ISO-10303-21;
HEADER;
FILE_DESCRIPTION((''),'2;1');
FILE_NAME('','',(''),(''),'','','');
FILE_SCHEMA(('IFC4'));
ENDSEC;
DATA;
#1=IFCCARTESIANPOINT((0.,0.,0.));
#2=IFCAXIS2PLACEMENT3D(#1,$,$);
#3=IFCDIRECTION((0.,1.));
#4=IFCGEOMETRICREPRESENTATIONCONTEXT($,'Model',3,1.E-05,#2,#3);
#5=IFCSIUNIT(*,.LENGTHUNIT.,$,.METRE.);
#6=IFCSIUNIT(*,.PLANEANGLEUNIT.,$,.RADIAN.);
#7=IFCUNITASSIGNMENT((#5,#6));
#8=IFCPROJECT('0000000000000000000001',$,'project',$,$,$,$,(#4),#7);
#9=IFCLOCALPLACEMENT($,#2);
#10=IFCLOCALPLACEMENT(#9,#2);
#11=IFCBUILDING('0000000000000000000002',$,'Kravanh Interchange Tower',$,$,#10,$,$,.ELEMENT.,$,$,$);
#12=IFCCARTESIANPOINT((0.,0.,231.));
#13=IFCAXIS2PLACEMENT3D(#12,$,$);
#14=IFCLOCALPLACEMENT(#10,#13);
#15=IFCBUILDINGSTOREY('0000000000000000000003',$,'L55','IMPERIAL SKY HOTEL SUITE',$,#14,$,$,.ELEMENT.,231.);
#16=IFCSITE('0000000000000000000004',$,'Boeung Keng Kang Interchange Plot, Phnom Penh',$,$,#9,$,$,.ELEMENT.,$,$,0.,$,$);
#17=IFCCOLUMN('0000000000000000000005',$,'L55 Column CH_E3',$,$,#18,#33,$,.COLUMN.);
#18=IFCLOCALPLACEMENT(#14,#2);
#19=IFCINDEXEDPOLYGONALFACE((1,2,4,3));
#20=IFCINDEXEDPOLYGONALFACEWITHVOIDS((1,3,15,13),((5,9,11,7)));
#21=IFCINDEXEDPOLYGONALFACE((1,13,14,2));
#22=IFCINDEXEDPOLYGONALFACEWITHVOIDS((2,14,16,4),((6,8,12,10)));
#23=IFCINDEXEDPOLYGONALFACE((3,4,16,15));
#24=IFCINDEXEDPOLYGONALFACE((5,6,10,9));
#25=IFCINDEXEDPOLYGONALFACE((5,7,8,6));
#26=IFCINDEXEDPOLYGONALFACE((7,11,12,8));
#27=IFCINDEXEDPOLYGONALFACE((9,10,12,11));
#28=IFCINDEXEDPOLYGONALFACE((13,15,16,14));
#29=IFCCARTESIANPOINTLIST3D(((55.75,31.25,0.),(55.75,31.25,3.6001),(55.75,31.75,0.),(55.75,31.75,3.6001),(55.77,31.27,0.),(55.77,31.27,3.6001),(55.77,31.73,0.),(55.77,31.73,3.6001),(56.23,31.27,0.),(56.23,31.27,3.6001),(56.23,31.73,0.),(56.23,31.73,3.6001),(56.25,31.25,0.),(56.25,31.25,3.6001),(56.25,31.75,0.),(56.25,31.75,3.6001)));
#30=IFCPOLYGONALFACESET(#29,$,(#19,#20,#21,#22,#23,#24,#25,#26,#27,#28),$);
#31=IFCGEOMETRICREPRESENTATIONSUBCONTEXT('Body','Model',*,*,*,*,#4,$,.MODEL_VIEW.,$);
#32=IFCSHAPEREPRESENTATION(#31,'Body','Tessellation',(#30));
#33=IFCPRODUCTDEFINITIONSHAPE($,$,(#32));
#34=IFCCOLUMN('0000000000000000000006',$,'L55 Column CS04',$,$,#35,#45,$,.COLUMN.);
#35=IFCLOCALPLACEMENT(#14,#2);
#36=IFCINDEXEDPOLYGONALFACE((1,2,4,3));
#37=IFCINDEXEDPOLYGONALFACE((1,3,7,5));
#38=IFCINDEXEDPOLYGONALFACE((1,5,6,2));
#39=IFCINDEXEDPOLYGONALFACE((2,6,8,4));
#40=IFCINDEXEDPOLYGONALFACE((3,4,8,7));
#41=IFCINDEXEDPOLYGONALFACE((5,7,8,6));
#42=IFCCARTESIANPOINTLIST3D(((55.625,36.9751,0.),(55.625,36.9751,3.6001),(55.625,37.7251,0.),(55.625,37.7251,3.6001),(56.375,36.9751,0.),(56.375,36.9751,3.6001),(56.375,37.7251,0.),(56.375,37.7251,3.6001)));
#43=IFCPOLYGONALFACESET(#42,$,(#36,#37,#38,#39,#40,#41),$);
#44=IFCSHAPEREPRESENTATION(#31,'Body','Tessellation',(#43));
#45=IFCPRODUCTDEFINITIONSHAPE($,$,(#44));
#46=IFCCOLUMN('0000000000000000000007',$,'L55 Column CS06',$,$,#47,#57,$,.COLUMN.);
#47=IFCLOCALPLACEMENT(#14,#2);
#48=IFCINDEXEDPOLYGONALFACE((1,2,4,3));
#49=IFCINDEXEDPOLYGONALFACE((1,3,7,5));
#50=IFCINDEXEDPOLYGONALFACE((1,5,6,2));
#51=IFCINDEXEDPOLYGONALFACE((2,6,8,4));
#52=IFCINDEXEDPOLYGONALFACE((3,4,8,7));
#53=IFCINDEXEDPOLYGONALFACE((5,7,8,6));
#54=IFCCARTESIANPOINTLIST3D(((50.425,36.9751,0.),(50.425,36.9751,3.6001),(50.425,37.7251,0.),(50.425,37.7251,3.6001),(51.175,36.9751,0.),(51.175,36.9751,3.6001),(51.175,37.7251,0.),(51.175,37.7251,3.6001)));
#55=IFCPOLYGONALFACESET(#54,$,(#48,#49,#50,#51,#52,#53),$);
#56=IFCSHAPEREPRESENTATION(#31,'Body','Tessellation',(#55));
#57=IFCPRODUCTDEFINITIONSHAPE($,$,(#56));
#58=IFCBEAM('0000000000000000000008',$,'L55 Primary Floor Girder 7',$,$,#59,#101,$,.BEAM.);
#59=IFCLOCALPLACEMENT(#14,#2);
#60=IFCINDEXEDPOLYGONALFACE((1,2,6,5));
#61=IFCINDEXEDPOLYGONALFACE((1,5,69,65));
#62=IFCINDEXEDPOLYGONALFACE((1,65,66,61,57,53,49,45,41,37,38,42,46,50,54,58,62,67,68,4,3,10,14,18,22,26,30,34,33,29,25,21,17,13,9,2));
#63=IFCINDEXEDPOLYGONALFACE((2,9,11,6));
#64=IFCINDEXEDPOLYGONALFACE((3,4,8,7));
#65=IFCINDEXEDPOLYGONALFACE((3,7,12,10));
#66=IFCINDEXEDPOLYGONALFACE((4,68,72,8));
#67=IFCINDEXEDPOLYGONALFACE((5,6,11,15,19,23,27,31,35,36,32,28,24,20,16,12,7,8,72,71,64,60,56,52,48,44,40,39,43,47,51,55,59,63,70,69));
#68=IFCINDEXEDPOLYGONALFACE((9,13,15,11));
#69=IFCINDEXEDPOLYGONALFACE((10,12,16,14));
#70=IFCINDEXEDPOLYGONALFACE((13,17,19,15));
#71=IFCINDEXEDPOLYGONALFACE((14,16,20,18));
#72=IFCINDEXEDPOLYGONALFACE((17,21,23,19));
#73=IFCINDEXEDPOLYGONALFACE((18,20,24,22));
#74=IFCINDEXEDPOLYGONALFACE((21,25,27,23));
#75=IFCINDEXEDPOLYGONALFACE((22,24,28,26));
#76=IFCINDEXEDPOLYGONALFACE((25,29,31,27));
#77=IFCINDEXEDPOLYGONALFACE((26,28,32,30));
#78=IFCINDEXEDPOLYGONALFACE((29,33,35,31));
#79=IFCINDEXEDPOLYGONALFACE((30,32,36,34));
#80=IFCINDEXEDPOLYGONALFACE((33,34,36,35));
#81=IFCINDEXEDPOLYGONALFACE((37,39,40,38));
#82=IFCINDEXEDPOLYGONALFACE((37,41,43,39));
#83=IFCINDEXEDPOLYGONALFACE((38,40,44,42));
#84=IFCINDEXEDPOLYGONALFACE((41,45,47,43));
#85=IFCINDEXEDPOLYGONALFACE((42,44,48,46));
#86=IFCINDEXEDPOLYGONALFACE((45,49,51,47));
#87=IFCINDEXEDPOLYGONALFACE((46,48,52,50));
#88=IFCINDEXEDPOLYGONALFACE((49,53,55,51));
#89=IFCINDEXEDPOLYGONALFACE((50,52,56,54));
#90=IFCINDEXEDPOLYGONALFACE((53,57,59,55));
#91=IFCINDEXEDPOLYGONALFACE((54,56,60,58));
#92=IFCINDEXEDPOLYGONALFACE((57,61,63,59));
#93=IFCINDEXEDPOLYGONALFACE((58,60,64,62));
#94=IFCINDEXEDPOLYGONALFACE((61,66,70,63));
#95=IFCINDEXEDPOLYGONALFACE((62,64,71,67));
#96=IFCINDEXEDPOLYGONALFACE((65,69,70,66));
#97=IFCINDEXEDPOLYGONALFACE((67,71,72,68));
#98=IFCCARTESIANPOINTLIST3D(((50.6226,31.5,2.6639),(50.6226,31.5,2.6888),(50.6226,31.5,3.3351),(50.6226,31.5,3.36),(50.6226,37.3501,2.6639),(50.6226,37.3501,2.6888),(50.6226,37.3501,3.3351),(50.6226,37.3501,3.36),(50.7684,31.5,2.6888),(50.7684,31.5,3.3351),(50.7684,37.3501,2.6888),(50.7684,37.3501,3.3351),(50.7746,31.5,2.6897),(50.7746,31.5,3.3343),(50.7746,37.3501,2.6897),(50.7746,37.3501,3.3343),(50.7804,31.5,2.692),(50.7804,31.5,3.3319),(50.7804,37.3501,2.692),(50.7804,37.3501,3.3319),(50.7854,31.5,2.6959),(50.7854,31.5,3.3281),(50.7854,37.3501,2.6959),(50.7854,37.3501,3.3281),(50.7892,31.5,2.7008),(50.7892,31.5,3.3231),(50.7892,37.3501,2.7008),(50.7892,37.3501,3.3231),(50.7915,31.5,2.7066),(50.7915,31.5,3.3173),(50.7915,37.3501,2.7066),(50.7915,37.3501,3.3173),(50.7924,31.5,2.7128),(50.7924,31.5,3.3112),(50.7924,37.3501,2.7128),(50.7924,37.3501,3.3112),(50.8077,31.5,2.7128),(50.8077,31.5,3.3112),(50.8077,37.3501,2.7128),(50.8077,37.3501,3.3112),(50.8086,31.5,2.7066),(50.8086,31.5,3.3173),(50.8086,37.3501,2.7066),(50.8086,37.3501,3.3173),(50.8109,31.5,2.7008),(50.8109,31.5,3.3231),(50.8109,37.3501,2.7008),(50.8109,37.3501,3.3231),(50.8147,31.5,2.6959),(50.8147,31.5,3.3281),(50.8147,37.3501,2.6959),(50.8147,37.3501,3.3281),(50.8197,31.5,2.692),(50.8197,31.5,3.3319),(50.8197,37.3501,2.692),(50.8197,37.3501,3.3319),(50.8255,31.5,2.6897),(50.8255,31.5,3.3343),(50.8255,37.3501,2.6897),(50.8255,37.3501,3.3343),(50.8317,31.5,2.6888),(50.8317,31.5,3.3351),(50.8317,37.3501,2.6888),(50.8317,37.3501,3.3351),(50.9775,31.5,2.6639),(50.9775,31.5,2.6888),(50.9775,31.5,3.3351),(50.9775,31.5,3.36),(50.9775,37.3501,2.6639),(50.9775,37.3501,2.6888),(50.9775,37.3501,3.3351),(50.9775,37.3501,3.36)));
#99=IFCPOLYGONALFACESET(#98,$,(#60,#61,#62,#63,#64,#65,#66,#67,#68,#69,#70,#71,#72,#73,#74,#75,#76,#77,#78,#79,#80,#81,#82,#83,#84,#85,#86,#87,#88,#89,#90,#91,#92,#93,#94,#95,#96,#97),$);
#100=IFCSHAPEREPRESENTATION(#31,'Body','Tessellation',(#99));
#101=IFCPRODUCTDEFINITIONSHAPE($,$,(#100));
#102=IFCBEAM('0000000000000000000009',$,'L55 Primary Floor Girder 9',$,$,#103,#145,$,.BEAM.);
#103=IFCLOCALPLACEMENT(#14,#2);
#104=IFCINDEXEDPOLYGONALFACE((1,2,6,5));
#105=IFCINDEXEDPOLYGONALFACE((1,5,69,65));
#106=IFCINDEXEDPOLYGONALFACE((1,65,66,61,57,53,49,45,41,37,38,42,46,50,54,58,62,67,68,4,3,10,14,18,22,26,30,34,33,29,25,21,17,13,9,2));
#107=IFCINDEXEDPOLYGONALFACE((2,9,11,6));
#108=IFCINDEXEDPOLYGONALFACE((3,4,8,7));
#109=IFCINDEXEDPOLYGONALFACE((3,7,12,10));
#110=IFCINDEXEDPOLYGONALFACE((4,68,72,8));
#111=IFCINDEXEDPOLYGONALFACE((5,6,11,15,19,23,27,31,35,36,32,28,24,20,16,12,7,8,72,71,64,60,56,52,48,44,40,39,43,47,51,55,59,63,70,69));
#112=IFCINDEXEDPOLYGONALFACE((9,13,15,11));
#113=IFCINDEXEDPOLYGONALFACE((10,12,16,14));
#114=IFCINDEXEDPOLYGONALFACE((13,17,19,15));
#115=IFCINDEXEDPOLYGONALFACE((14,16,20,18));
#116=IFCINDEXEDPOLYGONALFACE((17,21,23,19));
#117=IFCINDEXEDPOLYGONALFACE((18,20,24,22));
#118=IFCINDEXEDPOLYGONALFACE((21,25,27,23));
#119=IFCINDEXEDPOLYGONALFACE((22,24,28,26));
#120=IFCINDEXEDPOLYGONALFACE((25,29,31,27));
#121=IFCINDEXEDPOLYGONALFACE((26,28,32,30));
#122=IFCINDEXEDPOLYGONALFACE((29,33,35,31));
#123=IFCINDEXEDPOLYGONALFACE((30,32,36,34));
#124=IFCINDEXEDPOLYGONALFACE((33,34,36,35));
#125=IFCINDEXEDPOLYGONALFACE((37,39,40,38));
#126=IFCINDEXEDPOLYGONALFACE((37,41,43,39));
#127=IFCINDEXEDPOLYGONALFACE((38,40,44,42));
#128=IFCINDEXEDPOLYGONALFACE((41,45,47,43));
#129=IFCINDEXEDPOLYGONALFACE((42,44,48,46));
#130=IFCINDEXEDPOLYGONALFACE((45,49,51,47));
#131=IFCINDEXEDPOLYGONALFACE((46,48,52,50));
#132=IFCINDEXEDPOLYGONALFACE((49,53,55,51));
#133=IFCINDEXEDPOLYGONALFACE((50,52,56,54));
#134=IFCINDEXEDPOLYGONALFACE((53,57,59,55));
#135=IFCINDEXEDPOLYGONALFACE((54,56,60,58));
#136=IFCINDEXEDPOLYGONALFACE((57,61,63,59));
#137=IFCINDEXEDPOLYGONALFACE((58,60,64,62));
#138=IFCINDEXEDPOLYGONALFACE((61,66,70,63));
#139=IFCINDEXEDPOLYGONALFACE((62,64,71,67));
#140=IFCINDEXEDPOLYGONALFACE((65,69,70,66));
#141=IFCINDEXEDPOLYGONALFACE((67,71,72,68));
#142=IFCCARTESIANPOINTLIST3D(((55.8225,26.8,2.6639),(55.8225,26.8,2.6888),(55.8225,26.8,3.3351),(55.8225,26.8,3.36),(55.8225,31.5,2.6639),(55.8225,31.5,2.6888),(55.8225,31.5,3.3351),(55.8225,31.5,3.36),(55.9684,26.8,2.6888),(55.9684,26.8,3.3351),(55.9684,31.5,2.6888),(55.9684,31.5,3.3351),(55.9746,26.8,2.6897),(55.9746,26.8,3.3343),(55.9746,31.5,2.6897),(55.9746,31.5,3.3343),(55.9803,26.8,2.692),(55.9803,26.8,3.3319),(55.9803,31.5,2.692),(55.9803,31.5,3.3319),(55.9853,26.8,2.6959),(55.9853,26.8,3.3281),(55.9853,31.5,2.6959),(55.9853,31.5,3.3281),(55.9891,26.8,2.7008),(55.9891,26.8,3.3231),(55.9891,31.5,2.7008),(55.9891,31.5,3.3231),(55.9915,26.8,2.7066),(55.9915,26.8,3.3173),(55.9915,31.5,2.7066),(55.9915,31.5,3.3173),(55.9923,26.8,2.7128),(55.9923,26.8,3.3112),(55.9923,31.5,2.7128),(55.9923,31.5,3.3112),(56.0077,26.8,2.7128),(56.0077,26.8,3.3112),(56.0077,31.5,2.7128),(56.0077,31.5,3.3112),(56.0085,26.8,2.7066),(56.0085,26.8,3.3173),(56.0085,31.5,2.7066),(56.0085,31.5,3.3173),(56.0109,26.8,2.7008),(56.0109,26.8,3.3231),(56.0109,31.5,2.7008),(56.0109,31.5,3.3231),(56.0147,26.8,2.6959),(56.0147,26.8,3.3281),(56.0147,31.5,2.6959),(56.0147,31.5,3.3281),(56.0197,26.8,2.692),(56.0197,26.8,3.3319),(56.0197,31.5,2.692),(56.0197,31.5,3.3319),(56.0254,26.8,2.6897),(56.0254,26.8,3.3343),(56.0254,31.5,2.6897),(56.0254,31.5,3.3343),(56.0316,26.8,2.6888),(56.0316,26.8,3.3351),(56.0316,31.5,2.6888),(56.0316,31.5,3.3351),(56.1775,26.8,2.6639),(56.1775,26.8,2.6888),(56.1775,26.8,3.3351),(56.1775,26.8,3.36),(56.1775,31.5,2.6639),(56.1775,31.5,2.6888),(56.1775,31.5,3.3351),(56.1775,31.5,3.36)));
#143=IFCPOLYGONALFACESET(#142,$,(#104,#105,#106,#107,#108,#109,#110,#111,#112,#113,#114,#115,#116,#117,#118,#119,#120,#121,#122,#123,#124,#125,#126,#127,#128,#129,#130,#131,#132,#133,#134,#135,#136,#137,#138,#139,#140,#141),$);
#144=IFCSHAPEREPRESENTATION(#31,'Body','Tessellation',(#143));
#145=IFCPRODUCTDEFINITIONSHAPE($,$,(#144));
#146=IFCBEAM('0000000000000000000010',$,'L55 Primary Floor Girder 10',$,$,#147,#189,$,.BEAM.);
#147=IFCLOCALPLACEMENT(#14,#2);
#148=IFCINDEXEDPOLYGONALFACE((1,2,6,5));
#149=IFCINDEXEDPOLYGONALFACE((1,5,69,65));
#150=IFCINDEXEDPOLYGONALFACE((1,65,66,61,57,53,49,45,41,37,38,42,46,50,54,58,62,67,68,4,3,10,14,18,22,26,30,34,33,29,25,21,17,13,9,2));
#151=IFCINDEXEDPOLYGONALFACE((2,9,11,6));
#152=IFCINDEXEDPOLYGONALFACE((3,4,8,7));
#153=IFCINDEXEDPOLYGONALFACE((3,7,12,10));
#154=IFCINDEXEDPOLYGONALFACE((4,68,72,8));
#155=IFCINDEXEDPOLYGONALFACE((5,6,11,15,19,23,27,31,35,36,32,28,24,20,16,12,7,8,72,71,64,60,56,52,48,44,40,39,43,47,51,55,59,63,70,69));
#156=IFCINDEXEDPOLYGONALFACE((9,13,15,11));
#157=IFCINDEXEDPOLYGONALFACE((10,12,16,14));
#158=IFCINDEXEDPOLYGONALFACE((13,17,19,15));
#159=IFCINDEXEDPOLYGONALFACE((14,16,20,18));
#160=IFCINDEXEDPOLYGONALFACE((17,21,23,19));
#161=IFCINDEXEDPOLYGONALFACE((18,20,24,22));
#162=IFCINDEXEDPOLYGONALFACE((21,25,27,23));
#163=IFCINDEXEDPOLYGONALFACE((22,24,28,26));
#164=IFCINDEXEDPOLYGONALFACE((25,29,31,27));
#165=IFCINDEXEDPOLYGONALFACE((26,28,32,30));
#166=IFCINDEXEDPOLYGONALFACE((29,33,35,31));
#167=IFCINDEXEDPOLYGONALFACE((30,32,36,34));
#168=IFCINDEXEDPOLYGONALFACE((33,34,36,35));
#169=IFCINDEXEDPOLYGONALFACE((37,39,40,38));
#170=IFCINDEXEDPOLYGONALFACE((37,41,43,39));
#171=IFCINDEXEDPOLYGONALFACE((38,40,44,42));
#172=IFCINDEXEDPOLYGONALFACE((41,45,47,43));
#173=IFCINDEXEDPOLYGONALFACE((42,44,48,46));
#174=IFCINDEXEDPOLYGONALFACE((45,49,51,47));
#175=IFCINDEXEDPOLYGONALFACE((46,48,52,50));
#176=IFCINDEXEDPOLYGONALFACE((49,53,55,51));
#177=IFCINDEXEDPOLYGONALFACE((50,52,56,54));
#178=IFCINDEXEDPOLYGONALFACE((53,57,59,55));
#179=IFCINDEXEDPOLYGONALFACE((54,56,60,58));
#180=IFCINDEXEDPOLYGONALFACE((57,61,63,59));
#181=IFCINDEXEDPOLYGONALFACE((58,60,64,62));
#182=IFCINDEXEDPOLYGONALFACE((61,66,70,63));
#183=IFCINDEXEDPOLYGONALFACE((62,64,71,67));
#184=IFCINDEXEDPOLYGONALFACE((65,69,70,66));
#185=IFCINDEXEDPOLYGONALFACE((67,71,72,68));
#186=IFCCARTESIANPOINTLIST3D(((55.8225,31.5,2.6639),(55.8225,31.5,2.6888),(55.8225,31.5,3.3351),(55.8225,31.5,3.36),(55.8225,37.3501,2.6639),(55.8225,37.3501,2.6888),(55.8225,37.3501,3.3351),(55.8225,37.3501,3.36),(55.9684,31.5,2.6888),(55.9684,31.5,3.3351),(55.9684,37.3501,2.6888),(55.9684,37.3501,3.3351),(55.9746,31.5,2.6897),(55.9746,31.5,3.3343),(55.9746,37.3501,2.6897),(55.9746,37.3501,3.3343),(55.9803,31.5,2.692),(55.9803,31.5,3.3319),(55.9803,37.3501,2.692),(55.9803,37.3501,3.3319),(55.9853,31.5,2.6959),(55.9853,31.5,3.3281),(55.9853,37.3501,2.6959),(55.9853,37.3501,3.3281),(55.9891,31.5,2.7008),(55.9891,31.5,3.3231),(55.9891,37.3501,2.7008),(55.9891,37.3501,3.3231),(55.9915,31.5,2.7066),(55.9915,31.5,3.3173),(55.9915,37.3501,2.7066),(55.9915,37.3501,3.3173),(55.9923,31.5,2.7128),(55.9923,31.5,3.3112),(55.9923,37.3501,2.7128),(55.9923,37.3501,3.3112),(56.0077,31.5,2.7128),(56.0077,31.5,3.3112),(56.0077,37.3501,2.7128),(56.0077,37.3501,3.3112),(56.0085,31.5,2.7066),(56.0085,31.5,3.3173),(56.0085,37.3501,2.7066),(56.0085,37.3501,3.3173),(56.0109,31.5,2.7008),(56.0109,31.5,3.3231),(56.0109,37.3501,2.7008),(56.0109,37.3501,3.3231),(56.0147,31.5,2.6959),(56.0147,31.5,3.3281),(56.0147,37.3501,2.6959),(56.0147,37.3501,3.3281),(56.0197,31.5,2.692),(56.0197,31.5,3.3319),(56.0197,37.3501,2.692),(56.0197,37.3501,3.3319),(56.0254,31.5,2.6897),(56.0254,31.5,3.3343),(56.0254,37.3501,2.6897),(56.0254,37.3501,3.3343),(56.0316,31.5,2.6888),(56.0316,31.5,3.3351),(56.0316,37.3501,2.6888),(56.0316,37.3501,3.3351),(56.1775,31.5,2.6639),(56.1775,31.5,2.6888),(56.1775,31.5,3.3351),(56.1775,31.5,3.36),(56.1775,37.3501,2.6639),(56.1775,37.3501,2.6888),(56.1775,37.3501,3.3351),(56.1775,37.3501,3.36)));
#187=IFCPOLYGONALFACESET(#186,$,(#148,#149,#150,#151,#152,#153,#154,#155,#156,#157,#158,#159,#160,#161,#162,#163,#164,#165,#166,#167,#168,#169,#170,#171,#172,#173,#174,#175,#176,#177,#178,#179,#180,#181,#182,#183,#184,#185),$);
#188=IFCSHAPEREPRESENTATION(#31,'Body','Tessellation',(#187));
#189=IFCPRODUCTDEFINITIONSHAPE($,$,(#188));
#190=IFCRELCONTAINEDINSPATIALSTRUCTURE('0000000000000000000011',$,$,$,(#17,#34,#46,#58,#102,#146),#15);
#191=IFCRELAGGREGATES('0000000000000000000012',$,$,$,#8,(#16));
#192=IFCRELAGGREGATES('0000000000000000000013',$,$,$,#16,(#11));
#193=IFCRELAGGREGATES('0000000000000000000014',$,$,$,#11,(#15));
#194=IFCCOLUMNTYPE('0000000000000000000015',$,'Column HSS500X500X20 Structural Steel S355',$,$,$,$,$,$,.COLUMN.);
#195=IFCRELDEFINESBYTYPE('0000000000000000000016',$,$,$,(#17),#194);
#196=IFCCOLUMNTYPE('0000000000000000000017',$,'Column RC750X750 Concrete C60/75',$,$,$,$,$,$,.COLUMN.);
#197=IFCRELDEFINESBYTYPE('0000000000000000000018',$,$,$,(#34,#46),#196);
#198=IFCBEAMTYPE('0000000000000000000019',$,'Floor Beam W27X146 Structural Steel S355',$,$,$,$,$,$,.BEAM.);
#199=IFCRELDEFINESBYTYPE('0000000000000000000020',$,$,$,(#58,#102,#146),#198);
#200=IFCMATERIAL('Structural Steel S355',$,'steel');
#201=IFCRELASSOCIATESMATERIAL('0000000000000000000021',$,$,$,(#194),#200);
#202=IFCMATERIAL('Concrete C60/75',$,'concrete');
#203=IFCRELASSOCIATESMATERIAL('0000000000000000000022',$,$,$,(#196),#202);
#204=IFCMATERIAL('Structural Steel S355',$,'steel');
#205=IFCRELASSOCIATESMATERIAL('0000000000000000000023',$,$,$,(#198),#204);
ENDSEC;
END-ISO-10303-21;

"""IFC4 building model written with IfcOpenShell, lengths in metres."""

from ifc_helpers import new_model, si_unit, direction, frame, origin, origin_2d, place, context, subcontext, project, spatial, rectangle, hollow_rectangle, i_section, extrude, material, material_profile, profile_set, type_object, element, save


model = new_model("IFC4")

# Units and contexts
model_context = context("Model", 3, precision=1e-05, world=origin(), true_north=direction((0.0, 1.0)))
body_context = subcontext(model_context, "Body", "Model", "MODEL_VIEW")
ifc_project = project(units=[si_unit("LENGTHUNIT", "METRE"), si_unit("PLANEANGLEUNIT", "RADIAN")], contexts=[model_context])

# Site, building, storey
site_placement = place(None, origin())
site = spatial("IfcSite", under=ifc_project, at=site_placement, Name="Boeung Keng Kang Interchange Plot, Phnom Penh", CompositionType="ELEMENT", RefElevation=0.0)
building_placement = place(site_placement, origin())
building = spatial("IfcBuilding", under=site, at=building_placement, Name="Kravanh Interchange Tower", CompositionType="ELEMENT")
storey_placement = place(building_placement, frame((0.0, 0.0, 231.0)))
storey = spatial("IfcBuildingStorey", under=building, at=storey_placement, Name="L55", Description="IMPERIAL SKY HOTEL SUITE", CompositionType="ELEMENT", Elevation=231.0)

# Columns
ifc_material_1 = material(Name="Structural Steel S355", Category="steel")
ifc_material_profile_1 = material_profile(ifc_material_1, hollow_rectangle(XDim=0.5, YDim=0.5, WallThickness=0.02, at=origin_2d()), Name="HSS500X500X20")
ifc_profile_set_1 = profile_set([ifc_material_profile_1], Name="Structural Steel S355")
column_type_1 = type_object("IfcColumnType", Name="Column HSS500X500X20 Structural Steel S355", PredefinedType="COLUMN", material=ifc_profile_set_1)
column_placement = place(storey_placement, frame((56.0, 31.5, 0.0), z_axis=(0.0, 0.0, 1.0), x_axis=(1.0, 0.0, 0.0)))
element("IfcColumn", 1, at=column_placement, inside=storey, type_object=column_type_1, Name="L55 Column CH_E3", PredefinedType="COLUMN", context=body_context, shape_type="SweptSolid", body=[
    extrude(hollow_rectangle(XDim=0.5, YDim=0.5, WallThickness=0.02, at=origin_2d()), origin(), (0.0, 0.0, 1.0), 3.6001),
])
ifc_material_2 = material(Name="Concrete C60/75", Category="concrete")
ifc_material_profile_2 = material_profile(ifc_material_2, rectangle(XDim=0.75, YDim=0.75, at=origin_2d()), Name="RC750X750")
ifc_profile_set_2 = profile_set([ifc_material_profile_2], Name="Concrete C60/75")
column_type_2 = type_object("IfcColumnType", Name="Column RC750X750 Concrete C60/75", PredefinedType="COLUMN", material=ifc_profile_set_2)
for number, where, z_axis, x_axis, name in (
    (2, (56.0, 37.3501, 0.0), (0.0, 0.0, 1.0), (1.0, 0.0, 0.0), "L55 Column CS04"),
    (3, (50.8, 37.3501, 0.0), (0.0, 0.0, 1.0), (1.0, 0.0, 0.0), "L55 Column CS06"),
):
    element("IfcColumn", number, at=place(storey_placement, frame(where, z_axis=z_axis, x_axis=x_axis)), inside=storey, type_object=column_type_2, Name=name, PredefinedType="COLUMN", context=body_context, shape_type="SweptSolid", body=[
        extrude(rectangle(XDim=0.75, YDim=0.75, at=origin_2d()), origin(), (0.0, 0.0, 1.0), 3.6001),
    ])

# Beams
ifc_material_3 = material(Name="Structural Steel S355", Category="steel")
ifc_material_profile_3 = material_profile(ifc_material_3, i_section(OverallWidth=0.355, OverallDepth=0.696, WebThickness=0.0154, FlangeThickness=0.0249, FilletRadius=0.0239, at=origin_2d()), Name="W27X146")
ifc_profile_set_3 = profile_set([ifc_material_profile_3], Name="Structural Steel S355")
beam_type_1 = type_object("IfcBeamType", Name="Floor Beam W27X146 Structural Steel S355", PredefinedType="BEAM", material=ifc_profile_set_3)
beam_1_placement = place(storey_placement, frame((50.8, 31.5, 3.012), z_axis=(0.0, 1.0, 0.0), x_axis=(-1.0, 0.0, 0.0)))
element("IfcBeam", 4, at=beam_1_placement, inside=storey, type_object=beam_type_1, Name="L55 Primary Floor Girder 7", PredefinedType="BEAM", context=body_context, shape_type="SweptSolid", body=[
    extrude(i_section(OverallWidth=0.355, OverallDepth=0.696, WebThickness=0.0154, FlangeThickness=0.0249, FilletRadius=0.0239, at=origin_2d()), origin(), (0.0, 0.0, 1.0), 5.8501),
])
beam_2_placement = place(storey_placement, frame((56.0, 31.5, 3.012), z_axis=(0.0, -1.0, 0.0), x_axis=(1.0, 0.0, 0.0)))
element("IfcBeam", 5, at=beam_2_placement, inside=storey, type_object=beam_type_1, Name="L55 Primary Floor Girder 9", PredefinedType="BEAM", context=body_context, shape_type="SweptSolid", body=[
    extrude(i_section(OverallWidth=0.355, OverallDepth=0.696, WebThickness=0.0154, FlangeThickness=0.0249, FilletRadius=0.0239, at=origin_2d()), origin(), (0.0, 0.0, 1.0), 4.7),
])
beam_3_placement = place(storey_placement, frame((56.0, 31.5, 3.012), z_axis=(0.0, 1.0, 0.0), x_axis=(-1.0, 0.0, 0.0)))
element("IfcBeam", 6, at=beam_3_placement, inside=storey, type_object=beam_type_1, Name="L55 Primary Floor Girder 10", PredefinedType="BEAM", context=body_context, shape_type="SweptSolid", body=[
    extrude(i_section(OverallWidth=0.355, OverallDepth=0.696, WebThickness=0.0154, FlangeThickness=0.0249, FilletRadius=0.0239, at=origin_2d()), origin(), (0.0, 0.0, 1.0), 5.8501),
])

save(model, "model.ifc")
